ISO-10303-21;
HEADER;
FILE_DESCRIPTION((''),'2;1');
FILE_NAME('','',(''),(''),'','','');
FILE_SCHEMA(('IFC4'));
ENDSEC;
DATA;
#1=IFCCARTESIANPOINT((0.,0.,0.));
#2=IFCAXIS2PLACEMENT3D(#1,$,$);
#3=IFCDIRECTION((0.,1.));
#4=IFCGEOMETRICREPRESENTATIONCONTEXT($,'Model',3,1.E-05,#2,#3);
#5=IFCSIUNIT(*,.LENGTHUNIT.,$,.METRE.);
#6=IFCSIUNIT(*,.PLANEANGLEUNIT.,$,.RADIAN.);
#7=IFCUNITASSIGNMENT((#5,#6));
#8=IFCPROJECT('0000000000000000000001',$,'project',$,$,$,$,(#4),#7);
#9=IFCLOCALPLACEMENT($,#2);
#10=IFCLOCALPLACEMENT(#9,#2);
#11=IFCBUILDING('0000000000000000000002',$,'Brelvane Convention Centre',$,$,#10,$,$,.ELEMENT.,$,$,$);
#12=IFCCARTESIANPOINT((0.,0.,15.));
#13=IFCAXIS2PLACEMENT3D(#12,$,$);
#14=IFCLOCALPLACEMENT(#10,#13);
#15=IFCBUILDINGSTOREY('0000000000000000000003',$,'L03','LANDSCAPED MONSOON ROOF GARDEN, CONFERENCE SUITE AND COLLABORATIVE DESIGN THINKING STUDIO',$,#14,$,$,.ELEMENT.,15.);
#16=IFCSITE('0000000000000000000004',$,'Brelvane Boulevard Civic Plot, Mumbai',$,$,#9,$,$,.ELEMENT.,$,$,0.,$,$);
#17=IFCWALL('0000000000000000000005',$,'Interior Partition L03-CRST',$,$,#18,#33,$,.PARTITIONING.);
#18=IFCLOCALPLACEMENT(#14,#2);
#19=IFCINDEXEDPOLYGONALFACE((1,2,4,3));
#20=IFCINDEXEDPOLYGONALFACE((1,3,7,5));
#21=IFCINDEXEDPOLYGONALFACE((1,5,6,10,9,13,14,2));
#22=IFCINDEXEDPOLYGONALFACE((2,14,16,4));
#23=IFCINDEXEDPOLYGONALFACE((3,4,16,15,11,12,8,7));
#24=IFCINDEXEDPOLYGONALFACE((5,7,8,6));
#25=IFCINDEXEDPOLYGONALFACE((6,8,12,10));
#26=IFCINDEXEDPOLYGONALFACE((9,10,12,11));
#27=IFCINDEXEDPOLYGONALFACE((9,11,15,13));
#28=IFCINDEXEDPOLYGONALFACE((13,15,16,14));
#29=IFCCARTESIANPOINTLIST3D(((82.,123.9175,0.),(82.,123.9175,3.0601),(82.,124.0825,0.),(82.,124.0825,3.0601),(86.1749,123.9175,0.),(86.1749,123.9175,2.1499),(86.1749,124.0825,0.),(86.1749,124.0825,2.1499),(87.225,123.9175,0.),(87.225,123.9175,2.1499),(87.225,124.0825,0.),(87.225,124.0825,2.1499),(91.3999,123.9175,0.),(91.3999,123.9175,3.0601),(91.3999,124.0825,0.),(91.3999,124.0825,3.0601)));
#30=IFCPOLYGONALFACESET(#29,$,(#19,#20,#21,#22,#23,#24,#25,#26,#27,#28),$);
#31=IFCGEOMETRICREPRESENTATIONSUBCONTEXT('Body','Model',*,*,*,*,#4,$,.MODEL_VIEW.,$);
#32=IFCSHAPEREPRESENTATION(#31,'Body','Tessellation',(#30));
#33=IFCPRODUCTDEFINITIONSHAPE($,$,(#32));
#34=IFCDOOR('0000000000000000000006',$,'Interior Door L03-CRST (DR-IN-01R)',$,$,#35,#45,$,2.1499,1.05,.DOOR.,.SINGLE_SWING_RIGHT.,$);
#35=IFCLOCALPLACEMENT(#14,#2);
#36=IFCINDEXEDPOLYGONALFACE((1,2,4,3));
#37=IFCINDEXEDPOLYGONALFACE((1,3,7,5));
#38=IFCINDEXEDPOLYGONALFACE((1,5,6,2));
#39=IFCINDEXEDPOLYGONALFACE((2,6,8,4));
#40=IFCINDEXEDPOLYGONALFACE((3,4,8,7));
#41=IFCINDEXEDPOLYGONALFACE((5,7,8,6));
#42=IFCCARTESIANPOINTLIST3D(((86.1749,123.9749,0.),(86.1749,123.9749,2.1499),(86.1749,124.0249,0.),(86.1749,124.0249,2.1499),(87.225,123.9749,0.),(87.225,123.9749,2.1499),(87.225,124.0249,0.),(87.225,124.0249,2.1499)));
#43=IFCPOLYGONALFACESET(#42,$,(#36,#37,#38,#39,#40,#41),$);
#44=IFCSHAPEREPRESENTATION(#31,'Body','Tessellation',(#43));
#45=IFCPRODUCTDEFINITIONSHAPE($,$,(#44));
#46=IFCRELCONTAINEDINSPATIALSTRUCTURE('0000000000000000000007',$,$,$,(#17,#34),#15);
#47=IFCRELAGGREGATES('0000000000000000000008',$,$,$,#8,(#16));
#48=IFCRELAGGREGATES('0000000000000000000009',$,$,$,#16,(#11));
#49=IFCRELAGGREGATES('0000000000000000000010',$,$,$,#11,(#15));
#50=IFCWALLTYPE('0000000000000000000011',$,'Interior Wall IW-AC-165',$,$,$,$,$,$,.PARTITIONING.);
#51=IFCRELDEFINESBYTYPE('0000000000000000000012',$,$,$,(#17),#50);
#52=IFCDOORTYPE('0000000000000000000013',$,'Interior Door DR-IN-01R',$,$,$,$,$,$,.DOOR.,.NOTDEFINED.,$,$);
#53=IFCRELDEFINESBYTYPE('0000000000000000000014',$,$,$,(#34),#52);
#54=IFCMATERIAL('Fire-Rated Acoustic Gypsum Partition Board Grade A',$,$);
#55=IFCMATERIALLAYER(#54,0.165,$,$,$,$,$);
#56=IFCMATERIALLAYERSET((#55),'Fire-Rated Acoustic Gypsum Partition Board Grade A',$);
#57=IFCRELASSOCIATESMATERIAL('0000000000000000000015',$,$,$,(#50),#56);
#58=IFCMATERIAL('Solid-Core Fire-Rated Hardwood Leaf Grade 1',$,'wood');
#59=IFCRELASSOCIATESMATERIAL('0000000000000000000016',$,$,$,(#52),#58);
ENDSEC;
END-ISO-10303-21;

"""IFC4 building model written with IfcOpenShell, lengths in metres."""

from ifc_helpers import new_model, si_unit, direction, frame, frame_2d, origin, place, context, subcontext, project, spatial, rectangle, extrude, material, layer, layer_set, type_object, element, fill, save


model = new_model("IFC4")

# Units and contexts
model_context = context("Model", 3, precision=1e-05, world=origin(), true_north=direction((0.0, 1.0)))
body_context = subcontext(model_context, "Body", "Model", "MODEL_VIEW")
ifc_project = project(units=[si_unit("LENGTHUNIT", "METRE"), si_unit("PLANEANGLEUNIT", "RADIAN")], contexts=[model_context])

# Site, building, storey
site_placement = place(None, origin())
site = spatial("IfcSite", under=ifc_project, at=site_placement, Name="Brelvane Boulevard Civic Plot, Mumbai", CompositionType="ELEMENT", RefElevation=0.0)
building_placement = place(site_placement, origin())
building = spatial("IfcBuilding", under=site, at=building_placement, Name="Brelvane Convention Centre", CompositionType="ELEMENT")
storey_placement = place(building_placement, frame((0.0, 0.0, 15.0)))
storey = spatial("IfcBuildingStorey", under=building, at=storey_placement, Name="L03", Description="LANDSCAPED MONSOON ROOF GARDEN, CONFERENCE SUITE AND COLLABORATIVE DESIGN THINKING STUDIO", CompositionType="ELEMENT", Elevation=15.0)

# Wall, opening, door
ifc_material_1 = material(Name="Fire-Rated Acoustic Gypsum Partition Board Grade A")
ifc_layer = layer(ifc_material_1, 0.165)
ifc_layer_set = layer_set([ifc_layer], Name="Fire-Rated Acoustic Gypsum Partition Board Grade A")
wall_type = type_object("IfcWallType", Name="Interior Wall IW-AC-165", PredefinedType="PARTITIONING", material=ifc_layer_set)
wall_placement = place(storey_placement, frame((82.0, 124.0, 0.0), z_axis=(0.0, 0.0, 1.0), x_axis=(1.0, 0.0, 0.0)))
wall = element("IfcWall", 1, at=wall_placement, inside=storey, type_object=wall_type, Name="Interior Partition L03-CRST", PredefinedType="PARTITIONING", context=body_context, shape_type="SweptSolid", body=[
    extrude(rectangle(XDim=9.3999, YDim=0.165, at=frame_2d((4.7, 0.0))), origin(), (0.0, 0.0, 1.0), 3.0601),
])
opening_placement = place(wall_placement, frame((4.175, 0.0, 0.0)))
opening = element("IfcOpeningElement", 2, at=opening_placement, cuts=wall, PredefinedType="OPENING", context=body_context, shape_type="SweptSolid", body=[
    extrude(rectangle(XDim=1.05, YDim=2.1499, at=frame_2d((0.5249, 1.075))), frame((0.0, 0.0925, 0.0), z_axis=(0.0, -1.0, 0.0), x_axis=(1.0, 0.0, 0.0)), (0.0, 0.0, 1.0), 0.1851),
])
ifc_material_2 = material(Name="Solid-Core Fire-Rated Hardwood Leaf Grade 1", Category="wood")
door_type = type_object("IfcDoorType", Name="Interior Door DR-IN-01R", OperationType="NOTDEFINED", PredefinedType="DOOR", material=ifc_material_2)
door_placement = place(opening_placement, origin())
door = element("IfcDoor", 3, at=door_placement, inside=storey, type_object=door_type, Name="Interior Door L03-CRST (DR-IN-01R)", OperationType="SINGLE_SWING_RIGHT", OverallHeight=2.1499, OverallWidth=1.05, PredefinedType="DOOR", context=body_context, shape_type="SweptSolid", body=[
    extrude(rectangle(XDim=1.05, YDim=2.1499, at=frame_2d((0.5249, 1.075))), frame((0.0, 0.0249, 0.0), z_axis=(0.0, -1.0, 0.0), x_axis=(1.0, 0.0, 0.0)), (0.0, 0.0, 1.0), 0.05),
])
fill(opening, door)

save(model, "model.ifc")
